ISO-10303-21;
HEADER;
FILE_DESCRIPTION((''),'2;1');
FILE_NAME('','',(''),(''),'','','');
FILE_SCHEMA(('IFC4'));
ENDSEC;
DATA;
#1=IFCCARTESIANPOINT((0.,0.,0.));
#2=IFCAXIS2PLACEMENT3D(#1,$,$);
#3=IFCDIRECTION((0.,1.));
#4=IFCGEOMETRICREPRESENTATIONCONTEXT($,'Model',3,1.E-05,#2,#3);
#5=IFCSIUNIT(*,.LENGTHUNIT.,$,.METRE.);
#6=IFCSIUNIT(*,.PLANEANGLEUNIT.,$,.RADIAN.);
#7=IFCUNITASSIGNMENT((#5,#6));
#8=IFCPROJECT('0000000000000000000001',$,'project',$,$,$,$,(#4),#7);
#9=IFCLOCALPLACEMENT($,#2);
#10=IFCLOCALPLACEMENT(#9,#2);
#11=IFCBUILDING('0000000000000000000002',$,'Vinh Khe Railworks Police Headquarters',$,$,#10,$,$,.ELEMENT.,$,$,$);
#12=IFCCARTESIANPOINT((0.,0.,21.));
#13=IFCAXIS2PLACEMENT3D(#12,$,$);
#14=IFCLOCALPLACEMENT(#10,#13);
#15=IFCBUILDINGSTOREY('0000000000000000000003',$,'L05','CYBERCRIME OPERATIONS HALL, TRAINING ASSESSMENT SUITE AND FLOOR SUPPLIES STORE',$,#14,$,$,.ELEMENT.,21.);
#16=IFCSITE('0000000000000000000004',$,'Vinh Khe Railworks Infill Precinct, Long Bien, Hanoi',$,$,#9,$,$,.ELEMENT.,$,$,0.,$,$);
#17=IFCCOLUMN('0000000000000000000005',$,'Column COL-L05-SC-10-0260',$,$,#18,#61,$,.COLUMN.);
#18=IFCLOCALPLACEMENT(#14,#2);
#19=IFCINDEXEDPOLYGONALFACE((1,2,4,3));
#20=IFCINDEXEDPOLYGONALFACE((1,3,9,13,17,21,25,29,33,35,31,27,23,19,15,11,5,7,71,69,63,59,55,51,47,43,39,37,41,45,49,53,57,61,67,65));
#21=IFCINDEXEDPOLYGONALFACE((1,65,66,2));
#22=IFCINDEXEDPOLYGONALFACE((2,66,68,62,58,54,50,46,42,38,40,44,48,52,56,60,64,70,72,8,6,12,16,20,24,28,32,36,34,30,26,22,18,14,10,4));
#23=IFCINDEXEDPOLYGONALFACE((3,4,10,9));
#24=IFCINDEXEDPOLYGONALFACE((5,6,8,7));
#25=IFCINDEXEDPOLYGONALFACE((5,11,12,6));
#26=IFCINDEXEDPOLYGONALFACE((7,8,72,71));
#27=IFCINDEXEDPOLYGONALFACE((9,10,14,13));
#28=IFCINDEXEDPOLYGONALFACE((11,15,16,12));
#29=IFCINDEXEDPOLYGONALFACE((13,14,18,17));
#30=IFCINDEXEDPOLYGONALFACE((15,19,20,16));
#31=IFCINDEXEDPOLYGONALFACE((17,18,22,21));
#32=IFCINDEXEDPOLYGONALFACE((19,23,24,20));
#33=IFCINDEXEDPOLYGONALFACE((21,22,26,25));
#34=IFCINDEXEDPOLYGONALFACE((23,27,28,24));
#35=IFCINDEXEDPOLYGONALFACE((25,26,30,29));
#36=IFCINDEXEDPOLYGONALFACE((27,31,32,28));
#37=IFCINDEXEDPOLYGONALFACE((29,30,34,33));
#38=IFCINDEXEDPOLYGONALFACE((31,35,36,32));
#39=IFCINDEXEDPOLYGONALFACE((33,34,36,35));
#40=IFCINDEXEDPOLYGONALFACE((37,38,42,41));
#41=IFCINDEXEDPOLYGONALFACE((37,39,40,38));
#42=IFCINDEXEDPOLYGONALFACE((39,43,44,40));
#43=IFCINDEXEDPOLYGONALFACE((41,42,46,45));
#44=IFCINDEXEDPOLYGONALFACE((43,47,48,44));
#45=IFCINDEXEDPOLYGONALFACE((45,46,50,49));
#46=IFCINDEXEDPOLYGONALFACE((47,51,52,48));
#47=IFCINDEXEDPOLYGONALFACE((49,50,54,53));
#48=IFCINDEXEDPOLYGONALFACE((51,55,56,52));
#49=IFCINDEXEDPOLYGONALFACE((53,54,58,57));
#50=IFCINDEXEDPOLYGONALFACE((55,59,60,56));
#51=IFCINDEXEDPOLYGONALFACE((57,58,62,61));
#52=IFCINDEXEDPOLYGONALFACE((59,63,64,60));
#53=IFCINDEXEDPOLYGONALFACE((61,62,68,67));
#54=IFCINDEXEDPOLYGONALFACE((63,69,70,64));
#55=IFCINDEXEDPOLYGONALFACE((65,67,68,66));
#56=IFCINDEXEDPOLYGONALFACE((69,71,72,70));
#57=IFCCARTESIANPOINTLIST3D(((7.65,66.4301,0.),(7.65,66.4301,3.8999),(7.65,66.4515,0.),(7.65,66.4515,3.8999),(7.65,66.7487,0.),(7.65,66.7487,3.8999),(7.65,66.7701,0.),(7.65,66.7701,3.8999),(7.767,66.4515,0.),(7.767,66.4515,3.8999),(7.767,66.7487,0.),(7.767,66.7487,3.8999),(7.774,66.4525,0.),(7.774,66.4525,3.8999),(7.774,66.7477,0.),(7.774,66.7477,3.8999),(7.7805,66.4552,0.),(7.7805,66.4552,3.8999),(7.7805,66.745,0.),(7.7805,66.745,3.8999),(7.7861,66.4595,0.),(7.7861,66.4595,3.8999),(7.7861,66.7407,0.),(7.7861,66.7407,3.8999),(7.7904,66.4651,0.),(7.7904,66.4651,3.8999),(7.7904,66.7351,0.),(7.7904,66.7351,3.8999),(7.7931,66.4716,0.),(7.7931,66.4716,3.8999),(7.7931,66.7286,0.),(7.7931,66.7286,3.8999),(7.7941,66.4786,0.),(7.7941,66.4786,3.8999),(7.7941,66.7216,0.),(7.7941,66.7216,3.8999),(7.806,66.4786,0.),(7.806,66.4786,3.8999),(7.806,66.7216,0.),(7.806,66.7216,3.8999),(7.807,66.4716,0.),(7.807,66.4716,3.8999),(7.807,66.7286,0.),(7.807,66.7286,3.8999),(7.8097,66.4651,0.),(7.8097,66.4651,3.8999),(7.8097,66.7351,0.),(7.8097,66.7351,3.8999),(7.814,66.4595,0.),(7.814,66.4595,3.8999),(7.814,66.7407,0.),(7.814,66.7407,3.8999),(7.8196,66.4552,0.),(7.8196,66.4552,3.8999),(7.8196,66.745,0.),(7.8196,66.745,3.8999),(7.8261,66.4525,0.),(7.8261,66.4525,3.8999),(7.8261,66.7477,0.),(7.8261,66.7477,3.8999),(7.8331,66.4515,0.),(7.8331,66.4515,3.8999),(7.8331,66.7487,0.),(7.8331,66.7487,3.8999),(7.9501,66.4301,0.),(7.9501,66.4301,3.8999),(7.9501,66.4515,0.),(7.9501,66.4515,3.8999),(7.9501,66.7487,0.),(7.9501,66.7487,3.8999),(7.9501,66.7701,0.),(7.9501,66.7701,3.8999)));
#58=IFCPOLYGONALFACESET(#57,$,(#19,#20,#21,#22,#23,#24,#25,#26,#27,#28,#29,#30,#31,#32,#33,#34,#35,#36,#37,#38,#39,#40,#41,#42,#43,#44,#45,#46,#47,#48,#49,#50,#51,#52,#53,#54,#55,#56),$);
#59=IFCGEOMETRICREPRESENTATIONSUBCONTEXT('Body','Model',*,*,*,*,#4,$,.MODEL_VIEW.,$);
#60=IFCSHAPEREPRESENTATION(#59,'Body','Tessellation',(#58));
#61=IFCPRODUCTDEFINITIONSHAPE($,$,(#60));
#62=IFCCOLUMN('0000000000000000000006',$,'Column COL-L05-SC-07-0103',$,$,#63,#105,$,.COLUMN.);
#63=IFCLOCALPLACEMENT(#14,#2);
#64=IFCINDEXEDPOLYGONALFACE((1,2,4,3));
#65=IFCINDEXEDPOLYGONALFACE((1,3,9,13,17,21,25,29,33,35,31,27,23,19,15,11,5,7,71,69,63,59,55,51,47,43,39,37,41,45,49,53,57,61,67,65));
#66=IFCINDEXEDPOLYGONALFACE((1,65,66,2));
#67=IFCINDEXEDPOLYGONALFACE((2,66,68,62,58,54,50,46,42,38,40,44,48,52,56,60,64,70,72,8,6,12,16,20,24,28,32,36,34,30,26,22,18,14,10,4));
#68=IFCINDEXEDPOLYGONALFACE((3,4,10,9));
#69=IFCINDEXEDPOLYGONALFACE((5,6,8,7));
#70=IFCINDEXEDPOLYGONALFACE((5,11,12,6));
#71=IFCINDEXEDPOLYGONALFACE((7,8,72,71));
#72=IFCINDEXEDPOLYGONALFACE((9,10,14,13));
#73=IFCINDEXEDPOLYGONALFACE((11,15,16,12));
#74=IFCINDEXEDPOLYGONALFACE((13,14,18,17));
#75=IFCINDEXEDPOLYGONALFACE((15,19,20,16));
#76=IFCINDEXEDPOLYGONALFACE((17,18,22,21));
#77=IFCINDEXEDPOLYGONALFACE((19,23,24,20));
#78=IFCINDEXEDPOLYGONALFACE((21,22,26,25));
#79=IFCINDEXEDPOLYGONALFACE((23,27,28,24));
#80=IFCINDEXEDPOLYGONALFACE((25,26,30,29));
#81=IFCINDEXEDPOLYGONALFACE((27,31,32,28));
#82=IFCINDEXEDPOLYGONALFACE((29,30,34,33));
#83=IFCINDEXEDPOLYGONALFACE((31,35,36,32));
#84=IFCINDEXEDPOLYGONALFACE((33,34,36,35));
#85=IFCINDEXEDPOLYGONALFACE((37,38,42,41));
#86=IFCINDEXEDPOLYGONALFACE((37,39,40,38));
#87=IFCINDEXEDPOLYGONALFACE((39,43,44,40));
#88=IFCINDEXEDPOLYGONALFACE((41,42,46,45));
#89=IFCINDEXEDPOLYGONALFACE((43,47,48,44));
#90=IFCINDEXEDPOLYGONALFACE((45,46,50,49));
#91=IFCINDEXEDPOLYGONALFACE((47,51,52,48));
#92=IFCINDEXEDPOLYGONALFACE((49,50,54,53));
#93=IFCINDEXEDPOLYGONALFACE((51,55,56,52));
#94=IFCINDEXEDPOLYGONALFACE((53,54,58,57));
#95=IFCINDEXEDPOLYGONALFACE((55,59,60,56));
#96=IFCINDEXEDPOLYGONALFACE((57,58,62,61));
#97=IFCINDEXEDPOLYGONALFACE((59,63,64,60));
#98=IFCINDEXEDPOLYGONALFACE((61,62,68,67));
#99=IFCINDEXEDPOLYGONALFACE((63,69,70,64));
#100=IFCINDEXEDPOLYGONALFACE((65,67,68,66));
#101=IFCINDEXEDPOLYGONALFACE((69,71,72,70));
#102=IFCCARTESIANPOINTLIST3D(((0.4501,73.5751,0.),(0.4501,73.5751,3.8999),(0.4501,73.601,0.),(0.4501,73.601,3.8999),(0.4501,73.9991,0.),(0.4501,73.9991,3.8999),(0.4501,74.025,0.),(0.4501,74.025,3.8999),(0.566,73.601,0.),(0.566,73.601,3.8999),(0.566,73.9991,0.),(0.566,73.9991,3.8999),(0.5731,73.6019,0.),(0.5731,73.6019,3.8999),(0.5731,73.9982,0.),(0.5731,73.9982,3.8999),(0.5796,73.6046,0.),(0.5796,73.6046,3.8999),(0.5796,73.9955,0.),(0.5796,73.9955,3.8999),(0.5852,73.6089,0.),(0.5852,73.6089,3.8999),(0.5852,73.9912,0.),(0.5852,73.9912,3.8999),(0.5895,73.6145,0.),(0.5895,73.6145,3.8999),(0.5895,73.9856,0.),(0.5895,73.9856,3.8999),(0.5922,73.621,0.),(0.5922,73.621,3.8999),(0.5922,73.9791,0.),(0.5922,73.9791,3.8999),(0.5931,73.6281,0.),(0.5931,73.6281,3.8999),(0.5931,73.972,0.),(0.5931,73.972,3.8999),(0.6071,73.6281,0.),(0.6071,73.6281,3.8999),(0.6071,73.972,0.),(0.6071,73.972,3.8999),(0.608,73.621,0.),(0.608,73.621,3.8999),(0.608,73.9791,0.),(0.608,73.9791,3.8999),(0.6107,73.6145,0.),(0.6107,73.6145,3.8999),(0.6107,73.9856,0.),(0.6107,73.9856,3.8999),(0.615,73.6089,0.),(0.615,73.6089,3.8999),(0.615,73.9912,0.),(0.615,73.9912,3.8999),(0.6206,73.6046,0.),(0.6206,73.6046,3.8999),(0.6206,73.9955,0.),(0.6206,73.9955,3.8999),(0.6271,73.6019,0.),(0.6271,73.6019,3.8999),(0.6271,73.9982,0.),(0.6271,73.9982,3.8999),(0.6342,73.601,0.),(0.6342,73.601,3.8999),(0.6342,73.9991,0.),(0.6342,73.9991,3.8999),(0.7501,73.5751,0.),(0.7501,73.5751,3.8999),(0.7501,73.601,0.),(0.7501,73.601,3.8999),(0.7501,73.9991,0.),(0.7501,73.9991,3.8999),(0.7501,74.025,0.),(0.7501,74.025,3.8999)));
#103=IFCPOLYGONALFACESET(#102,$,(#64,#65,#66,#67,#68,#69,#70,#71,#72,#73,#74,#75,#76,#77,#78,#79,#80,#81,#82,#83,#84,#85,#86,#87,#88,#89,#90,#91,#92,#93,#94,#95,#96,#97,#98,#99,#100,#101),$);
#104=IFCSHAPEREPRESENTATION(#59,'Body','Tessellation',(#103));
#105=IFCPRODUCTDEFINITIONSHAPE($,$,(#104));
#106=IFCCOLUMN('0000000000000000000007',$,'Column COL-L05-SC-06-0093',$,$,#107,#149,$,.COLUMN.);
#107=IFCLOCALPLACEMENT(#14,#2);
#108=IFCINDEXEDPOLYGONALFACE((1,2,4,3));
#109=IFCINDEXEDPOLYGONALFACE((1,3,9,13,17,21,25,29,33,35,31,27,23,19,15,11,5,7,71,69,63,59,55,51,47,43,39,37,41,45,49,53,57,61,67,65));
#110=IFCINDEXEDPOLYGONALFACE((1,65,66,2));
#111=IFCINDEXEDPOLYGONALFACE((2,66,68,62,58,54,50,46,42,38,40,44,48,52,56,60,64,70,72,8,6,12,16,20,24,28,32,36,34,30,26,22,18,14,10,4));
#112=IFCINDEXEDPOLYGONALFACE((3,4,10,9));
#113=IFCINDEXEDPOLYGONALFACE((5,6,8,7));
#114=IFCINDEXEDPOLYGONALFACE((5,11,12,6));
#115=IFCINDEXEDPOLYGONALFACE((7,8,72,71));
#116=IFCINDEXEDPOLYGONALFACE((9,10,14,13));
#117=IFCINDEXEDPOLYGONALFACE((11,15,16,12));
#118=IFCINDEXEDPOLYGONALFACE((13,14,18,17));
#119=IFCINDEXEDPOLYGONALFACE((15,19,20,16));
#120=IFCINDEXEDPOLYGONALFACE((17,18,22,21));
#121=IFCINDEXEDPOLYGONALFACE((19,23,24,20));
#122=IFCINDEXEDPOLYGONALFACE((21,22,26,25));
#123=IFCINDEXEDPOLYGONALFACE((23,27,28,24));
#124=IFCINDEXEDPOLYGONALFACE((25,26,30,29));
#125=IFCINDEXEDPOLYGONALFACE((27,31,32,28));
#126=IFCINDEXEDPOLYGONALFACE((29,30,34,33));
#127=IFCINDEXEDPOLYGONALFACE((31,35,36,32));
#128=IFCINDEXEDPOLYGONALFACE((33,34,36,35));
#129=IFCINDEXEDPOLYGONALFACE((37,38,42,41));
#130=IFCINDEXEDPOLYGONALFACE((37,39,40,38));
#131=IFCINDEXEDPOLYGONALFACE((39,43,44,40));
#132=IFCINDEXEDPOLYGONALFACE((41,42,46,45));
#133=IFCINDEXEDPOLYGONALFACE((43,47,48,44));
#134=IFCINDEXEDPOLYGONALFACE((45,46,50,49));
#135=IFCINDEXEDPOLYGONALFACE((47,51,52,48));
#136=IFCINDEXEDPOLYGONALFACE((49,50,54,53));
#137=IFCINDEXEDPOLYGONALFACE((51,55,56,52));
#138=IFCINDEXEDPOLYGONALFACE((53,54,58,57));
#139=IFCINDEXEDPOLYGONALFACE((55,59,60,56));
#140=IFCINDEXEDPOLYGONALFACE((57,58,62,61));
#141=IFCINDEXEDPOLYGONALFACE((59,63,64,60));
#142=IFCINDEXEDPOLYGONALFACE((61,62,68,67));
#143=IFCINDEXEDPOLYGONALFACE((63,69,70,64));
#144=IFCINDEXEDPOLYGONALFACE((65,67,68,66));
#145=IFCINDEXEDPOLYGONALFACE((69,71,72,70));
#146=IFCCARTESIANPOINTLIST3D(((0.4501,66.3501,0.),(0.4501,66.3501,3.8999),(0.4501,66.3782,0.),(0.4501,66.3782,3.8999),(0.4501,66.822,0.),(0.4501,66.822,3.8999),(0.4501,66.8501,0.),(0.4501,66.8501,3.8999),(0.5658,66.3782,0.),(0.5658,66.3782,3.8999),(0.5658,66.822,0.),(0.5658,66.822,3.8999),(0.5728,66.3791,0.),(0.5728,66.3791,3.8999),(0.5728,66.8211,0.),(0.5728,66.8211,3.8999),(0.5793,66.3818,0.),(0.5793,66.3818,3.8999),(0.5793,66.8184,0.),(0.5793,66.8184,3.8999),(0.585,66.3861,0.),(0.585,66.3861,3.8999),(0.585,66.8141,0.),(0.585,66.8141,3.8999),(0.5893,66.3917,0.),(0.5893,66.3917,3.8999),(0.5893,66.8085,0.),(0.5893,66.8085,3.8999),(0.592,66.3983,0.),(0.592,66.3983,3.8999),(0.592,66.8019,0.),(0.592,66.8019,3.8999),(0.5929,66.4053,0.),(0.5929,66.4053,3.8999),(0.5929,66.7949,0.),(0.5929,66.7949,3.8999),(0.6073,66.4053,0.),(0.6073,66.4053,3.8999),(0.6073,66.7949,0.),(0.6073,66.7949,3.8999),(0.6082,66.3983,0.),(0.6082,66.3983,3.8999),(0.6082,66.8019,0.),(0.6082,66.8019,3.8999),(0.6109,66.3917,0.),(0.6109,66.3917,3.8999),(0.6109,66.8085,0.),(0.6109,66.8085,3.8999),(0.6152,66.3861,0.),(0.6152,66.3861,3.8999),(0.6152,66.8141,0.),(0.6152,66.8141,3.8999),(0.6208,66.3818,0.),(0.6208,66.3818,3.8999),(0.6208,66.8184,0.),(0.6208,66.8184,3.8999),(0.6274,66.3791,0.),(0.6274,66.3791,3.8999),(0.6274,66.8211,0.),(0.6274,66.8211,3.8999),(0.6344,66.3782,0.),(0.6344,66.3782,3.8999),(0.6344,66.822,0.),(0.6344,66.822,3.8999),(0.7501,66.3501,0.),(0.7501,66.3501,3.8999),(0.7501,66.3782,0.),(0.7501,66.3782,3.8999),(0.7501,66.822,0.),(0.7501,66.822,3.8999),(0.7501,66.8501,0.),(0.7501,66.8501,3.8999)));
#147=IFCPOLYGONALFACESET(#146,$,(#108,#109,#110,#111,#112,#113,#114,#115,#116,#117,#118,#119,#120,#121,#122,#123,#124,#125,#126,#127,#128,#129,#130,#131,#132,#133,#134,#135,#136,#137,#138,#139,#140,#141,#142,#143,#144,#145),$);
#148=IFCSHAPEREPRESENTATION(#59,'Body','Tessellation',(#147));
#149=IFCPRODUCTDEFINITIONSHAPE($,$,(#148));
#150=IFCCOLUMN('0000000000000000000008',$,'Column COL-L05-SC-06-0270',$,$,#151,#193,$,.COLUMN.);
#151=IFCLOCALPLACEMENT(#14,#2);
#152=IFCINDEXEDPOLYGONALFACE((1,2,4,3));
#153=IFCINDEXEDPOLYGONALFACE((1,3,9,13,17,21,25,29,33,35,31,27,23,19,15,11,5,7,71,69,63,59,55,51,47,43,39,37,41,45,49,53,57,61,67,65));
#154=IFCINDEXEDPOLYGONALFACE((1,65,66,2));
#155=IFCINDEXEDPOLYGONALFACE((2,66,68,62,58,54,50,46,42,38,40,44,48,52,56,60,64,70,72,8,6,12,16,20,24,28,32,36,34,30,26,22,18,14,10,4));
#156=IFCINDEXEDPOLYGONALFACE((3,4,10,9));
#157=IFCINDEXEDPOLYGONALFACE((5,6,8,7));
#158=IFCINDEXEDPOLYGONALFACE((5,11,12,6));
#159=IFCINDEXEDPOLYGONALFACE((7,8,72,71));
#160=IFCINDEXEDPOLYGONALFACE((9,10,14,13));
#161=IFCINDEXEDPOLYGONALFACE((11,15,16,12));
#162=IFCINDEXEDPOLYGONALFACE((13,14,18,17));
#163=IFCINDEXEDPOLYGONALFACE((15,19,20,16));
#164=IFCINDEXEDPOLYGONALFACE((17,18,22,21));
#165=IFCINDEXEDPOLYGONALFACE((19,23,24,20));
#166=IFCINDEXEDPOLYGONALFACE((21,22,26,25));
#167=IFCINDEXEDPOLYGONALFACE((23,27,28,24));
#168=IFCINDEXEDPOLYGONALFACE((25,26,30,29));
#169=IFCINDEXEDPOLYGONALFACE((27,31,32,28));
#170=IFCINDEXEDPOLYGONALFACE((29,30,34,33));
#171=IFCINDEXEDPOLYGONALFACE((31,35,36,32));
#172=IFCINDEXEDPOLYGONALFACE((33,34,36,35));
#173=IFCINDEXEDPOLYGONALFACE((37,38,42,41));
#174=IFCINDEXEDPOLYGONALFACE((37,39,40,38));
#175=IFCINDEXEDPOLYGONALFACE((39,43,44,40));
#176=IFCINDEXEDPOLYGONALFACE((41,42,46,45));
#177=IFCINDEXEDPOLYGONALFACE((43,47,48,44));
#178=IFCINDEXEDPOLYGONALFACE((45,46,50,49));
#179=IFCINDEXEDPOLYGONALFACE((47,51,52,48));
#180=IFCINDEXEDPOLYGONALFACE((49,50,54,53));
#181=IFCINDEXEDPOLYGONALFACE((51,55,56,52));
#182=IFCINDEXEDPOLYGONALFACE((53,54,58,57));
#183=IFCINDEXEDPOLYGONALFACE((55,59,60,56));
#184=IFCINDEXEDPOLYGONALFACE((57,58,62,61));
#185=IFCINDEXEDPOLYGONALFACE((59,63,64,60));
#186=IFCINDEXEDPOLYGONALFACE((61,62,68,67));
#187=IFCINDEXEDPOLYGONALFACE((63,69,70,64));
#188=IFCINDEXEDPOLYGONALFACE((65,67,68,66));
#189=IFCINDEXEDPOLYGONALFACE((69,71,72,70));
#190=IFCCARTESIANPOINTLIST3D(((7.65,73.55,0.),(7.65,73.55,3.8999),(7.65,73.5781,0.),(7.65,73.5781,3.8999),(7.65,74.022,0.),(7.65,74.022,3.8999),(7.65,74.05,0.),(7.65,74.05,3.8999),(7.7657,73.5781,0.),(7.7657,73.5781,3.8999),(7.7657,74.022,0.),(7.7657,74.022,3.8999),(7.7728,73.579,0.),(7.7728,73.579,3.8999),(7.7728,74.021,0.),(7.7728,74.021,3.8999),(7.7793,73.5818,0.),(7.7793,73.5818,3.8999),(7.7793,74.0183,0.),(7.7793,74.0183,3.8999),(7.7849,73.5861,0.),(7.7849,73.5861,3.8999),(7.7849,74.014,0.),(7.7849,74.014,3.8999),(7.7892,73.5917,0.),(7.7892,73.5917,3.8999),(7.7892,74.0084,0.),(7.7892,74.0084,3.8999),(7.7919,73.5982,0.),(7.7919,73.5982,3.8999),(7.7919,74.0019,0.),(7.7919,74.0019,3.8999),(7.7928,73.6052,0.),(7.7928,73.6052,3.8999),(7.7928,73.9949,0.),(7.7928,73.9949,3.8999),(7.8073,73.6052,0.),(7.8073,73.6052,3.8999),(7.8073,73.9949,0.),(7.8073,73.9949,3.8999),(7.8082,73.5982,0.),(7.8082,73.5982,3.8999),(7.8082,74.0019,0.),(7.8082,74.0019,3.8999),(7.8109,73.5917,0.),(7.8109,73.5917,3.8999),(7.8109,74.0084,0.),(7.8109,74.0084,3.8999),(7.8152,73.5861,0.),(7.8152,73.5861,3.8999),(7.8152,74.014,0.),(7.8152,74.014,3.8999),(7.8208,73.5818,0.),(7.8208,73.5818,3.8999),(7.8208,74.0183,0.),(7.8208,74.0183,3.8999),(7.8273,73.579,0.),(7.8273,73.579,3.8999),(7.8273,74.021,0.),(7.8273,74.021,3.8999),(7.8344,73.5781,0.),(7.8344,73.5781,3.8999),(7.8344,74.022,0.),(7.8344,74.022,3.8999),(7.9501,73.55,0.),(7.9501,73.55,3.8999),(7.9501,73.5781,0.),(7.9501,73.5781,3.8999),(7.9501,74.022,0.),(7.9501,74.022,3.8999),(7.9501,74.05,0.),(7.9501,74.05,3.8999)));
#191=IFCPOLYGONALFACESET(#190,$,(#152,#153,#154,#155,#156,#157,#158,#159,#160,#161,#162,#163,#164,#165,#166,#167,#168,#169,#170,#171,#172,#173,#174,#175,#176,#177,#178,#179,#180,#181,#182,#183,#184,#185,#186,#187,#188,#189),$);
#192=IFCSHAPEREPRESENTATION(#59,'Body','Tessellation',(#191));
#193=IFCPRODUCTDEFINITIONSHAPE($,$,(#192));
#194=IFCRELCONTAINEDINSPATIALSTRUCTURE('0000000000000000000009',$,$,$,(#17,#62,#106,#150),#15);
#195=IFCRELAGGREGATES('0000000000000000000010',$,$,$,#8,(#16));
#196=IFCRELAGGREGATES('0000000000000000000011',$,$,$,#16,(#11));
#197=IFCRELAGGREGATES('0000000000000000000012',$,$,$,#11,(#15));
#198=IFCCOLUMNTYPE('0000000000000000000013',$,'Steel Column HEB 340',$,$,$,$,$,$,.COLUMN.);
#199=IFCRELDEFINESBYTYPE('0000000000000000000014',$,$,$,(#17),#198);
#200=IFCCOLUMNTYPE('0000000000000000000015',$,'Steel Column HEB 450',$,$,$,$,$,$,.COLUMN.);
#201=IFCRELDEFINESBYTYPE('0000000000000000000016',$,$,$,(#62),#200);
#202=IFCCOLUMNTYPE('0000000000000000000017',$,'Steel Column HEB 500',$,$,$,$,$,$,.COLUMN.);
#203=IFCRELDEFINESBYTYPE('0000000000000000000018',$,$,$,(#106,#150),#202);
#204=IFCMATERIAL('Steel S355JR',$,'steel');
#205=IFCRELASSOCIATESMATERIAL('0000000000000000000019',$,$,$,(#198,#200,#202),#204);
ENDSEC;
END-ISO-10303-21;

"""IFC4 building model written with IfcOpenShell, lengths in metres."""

from ifc_helpers import new_model, si_unit, direction, frame, origin, origin_2d, place, context, subcontext, project, spatial, i_section, extrude, material, material_profile, profile_set, type_object, element, save


model = new_model("IFC4")

# Units and contexts
model_context = context("Model", 3, precision=1e-05, world=origin(), true_north=direction((0.0, 1.0)))
body_context = subcontext(model_context, "Body", "Model", "MODEL_VIEW")
ifc_project = project(units=[si_unit("LENGTHUNIT", "METRE"), si_unit("PLANEANGLEUNIT", "RADIAN")], contexts=[model_context])

# Site, building, storey
site_placement = place(None, origin())
site = spatial("IfcSite", under=ifc_project, at=site_placement, Name="Vinh Khe Railworks Infill Precinct, Long Bien, Hanoi", CompositionType="ELEMENT", RefElevation=0.0)
building_placement = place(site_placement, origin())
building = spatial("IfcBuilding", under=site, at=building_placement, Name="Vinh Khe Railworks Police Headquarters", CompositionType="ELEMENT")
storey_placement = place(building_placement, frame((0.0, 0.0, 21.0)))
storey = spatial("IfcBuildingStorey", under=building, at=storey_placement, Name="L05", Description="CYBERCRIME OPERATIONS HALL, TRAINING ASSESSMENT SUITE AND FLOOR SUPPLIES STORE", CompositionType="ELEMENT", Elevation=21.0)

# Columns
ifc_material_1 = material(Name="Steel S355JR", Category="steel")
ifc_material_profile_1 = material_profile(ifc_material_1, i_section(OverallWidth=0.3, OverallDepth=0.3401, WebThickness=0.012, FlangeThickness=0.0215, FilletRadius=0.0271, at=origin_2d()), Name="HEB 340")
ifc_profile_set_1 = profile_set([ifc_material_profile_1], Name="Steel S355JR")
column_type_1 = type_object("IfcColumnType", Name="Steel Column HEB 340", PredefinedType="COLUMN", material=ifc_profile_set_1)
column_1_placement = place(storey_placement, frame((7.8, 66.6001, 0.0), z_axis=(0.0, 0.0, 1.0), x_axis=(1.0, 0.0, 0.0)))
element("IfcColumn", 1, at=column_1_placement, inside=storey, type_object=column_type_1, Name="Column COL-L05-SC-10-0260", PredefinedType="COLUMN", context=body_context, shape_type="SweptSolid", body=[
    extrude(i_section(OverallWidth=0.3, OverallDepth=0.3401, WebThickness=0.012, FlangeThickness=0.0215, FilletRadius=0.0271, at=origin_2d()), origin(), (0.0, 0.0, 1.0), 3.8999),
])
ifc_material_profile_2 = material_profile(ifc_material_1, i_section(OverallWidth=0.3, OverallDepth=0.45, WebThickness=0.0139, FlangeThickness=0.0259, FilletRadius=0.0271, at=origin_2d()), Name="HEB 450")
ifc_profile_set_2 = profile_set([ifc_material_profile_2], Name="Steel S355JR")
column_type_2 = type_object("IfcColumnType", Name="Steel Column HEB 450", PredefinedType="COLUMN", material=ifc_profile_set_2)
column_2_placement = place(storey_placement, frame((0.6001, 73.8, 0.0), z_axis=(0.0, 0.0, 1.0), x_axis=(1.0, 0.0, 0.0)))
element("IfcColumn", 2, at=column_2_placement, inside=storey, type_object=column_type_2, Name="Column COL-L05-SC-07-0103", PredefinedType="COLUMN", context=body_context, shape_type="SweptSolid", body=[
    extrude(i_section(OverallWidth=0.3, OverallDepth=0.45, WebThickness=0.0139, FlangeThickness=0.0259, FilletRadius=0.0271, at=origin_2d()), origin(), (0.0, 0.0, 1.0), 3.8999),
])
ifc_material_profile_3 = material_profile(ifc_material_1, i_section(OverallWidth=0.3, OverallDepth=0.5, WebThickness=0.0144, FlangeThickness=0.0281, FilletRadius=0.0271, at=origin_2d()), Name="HEB 500")
ifc_profile_set_3 = profile_set([ifc_material_profile_3], Name="Steel S355JR")
column_type_3 = type_object("IfcColumnType", Name="Steel Column HEB 500", PredefinedType="COLUMN", material=ifc_profile_set_3)
for number, where, z_axis, x_axis, name in (
    (3, (0.6001, 66.6001, 0.0), (0.0, 0.0, 1.0), (1.0, 0.0, 0.0), "Column COL-L05-SC-06-0093"),
    (4, (7.8, 73.8, 0.0), (0.0, 0.0, 1.0), (1.0, 0.0, 0.0), "Column COL-L05-SC-06-0270"),
):
    element("IfcColumn", number, at=place(storey_placement, frame(where, z_axis=z_axis, x_axis=x_axis)), inside=storey, type_object=column_type_3, Name=name, PredefinedType="COLUMN", context=body_context, shape_type="SweptSolid", body=[
        extrude(i_section(OverallWidth=0.3, OverallDepth=0.5, WebThickness=0.0144, FlangeThickness=0.0281, FilletRadius=0.0271, at=origin_2d()), origin(), (0.0, 0.0, 1.0), 3.8999),
    ])

save(model, "model.ifc")
